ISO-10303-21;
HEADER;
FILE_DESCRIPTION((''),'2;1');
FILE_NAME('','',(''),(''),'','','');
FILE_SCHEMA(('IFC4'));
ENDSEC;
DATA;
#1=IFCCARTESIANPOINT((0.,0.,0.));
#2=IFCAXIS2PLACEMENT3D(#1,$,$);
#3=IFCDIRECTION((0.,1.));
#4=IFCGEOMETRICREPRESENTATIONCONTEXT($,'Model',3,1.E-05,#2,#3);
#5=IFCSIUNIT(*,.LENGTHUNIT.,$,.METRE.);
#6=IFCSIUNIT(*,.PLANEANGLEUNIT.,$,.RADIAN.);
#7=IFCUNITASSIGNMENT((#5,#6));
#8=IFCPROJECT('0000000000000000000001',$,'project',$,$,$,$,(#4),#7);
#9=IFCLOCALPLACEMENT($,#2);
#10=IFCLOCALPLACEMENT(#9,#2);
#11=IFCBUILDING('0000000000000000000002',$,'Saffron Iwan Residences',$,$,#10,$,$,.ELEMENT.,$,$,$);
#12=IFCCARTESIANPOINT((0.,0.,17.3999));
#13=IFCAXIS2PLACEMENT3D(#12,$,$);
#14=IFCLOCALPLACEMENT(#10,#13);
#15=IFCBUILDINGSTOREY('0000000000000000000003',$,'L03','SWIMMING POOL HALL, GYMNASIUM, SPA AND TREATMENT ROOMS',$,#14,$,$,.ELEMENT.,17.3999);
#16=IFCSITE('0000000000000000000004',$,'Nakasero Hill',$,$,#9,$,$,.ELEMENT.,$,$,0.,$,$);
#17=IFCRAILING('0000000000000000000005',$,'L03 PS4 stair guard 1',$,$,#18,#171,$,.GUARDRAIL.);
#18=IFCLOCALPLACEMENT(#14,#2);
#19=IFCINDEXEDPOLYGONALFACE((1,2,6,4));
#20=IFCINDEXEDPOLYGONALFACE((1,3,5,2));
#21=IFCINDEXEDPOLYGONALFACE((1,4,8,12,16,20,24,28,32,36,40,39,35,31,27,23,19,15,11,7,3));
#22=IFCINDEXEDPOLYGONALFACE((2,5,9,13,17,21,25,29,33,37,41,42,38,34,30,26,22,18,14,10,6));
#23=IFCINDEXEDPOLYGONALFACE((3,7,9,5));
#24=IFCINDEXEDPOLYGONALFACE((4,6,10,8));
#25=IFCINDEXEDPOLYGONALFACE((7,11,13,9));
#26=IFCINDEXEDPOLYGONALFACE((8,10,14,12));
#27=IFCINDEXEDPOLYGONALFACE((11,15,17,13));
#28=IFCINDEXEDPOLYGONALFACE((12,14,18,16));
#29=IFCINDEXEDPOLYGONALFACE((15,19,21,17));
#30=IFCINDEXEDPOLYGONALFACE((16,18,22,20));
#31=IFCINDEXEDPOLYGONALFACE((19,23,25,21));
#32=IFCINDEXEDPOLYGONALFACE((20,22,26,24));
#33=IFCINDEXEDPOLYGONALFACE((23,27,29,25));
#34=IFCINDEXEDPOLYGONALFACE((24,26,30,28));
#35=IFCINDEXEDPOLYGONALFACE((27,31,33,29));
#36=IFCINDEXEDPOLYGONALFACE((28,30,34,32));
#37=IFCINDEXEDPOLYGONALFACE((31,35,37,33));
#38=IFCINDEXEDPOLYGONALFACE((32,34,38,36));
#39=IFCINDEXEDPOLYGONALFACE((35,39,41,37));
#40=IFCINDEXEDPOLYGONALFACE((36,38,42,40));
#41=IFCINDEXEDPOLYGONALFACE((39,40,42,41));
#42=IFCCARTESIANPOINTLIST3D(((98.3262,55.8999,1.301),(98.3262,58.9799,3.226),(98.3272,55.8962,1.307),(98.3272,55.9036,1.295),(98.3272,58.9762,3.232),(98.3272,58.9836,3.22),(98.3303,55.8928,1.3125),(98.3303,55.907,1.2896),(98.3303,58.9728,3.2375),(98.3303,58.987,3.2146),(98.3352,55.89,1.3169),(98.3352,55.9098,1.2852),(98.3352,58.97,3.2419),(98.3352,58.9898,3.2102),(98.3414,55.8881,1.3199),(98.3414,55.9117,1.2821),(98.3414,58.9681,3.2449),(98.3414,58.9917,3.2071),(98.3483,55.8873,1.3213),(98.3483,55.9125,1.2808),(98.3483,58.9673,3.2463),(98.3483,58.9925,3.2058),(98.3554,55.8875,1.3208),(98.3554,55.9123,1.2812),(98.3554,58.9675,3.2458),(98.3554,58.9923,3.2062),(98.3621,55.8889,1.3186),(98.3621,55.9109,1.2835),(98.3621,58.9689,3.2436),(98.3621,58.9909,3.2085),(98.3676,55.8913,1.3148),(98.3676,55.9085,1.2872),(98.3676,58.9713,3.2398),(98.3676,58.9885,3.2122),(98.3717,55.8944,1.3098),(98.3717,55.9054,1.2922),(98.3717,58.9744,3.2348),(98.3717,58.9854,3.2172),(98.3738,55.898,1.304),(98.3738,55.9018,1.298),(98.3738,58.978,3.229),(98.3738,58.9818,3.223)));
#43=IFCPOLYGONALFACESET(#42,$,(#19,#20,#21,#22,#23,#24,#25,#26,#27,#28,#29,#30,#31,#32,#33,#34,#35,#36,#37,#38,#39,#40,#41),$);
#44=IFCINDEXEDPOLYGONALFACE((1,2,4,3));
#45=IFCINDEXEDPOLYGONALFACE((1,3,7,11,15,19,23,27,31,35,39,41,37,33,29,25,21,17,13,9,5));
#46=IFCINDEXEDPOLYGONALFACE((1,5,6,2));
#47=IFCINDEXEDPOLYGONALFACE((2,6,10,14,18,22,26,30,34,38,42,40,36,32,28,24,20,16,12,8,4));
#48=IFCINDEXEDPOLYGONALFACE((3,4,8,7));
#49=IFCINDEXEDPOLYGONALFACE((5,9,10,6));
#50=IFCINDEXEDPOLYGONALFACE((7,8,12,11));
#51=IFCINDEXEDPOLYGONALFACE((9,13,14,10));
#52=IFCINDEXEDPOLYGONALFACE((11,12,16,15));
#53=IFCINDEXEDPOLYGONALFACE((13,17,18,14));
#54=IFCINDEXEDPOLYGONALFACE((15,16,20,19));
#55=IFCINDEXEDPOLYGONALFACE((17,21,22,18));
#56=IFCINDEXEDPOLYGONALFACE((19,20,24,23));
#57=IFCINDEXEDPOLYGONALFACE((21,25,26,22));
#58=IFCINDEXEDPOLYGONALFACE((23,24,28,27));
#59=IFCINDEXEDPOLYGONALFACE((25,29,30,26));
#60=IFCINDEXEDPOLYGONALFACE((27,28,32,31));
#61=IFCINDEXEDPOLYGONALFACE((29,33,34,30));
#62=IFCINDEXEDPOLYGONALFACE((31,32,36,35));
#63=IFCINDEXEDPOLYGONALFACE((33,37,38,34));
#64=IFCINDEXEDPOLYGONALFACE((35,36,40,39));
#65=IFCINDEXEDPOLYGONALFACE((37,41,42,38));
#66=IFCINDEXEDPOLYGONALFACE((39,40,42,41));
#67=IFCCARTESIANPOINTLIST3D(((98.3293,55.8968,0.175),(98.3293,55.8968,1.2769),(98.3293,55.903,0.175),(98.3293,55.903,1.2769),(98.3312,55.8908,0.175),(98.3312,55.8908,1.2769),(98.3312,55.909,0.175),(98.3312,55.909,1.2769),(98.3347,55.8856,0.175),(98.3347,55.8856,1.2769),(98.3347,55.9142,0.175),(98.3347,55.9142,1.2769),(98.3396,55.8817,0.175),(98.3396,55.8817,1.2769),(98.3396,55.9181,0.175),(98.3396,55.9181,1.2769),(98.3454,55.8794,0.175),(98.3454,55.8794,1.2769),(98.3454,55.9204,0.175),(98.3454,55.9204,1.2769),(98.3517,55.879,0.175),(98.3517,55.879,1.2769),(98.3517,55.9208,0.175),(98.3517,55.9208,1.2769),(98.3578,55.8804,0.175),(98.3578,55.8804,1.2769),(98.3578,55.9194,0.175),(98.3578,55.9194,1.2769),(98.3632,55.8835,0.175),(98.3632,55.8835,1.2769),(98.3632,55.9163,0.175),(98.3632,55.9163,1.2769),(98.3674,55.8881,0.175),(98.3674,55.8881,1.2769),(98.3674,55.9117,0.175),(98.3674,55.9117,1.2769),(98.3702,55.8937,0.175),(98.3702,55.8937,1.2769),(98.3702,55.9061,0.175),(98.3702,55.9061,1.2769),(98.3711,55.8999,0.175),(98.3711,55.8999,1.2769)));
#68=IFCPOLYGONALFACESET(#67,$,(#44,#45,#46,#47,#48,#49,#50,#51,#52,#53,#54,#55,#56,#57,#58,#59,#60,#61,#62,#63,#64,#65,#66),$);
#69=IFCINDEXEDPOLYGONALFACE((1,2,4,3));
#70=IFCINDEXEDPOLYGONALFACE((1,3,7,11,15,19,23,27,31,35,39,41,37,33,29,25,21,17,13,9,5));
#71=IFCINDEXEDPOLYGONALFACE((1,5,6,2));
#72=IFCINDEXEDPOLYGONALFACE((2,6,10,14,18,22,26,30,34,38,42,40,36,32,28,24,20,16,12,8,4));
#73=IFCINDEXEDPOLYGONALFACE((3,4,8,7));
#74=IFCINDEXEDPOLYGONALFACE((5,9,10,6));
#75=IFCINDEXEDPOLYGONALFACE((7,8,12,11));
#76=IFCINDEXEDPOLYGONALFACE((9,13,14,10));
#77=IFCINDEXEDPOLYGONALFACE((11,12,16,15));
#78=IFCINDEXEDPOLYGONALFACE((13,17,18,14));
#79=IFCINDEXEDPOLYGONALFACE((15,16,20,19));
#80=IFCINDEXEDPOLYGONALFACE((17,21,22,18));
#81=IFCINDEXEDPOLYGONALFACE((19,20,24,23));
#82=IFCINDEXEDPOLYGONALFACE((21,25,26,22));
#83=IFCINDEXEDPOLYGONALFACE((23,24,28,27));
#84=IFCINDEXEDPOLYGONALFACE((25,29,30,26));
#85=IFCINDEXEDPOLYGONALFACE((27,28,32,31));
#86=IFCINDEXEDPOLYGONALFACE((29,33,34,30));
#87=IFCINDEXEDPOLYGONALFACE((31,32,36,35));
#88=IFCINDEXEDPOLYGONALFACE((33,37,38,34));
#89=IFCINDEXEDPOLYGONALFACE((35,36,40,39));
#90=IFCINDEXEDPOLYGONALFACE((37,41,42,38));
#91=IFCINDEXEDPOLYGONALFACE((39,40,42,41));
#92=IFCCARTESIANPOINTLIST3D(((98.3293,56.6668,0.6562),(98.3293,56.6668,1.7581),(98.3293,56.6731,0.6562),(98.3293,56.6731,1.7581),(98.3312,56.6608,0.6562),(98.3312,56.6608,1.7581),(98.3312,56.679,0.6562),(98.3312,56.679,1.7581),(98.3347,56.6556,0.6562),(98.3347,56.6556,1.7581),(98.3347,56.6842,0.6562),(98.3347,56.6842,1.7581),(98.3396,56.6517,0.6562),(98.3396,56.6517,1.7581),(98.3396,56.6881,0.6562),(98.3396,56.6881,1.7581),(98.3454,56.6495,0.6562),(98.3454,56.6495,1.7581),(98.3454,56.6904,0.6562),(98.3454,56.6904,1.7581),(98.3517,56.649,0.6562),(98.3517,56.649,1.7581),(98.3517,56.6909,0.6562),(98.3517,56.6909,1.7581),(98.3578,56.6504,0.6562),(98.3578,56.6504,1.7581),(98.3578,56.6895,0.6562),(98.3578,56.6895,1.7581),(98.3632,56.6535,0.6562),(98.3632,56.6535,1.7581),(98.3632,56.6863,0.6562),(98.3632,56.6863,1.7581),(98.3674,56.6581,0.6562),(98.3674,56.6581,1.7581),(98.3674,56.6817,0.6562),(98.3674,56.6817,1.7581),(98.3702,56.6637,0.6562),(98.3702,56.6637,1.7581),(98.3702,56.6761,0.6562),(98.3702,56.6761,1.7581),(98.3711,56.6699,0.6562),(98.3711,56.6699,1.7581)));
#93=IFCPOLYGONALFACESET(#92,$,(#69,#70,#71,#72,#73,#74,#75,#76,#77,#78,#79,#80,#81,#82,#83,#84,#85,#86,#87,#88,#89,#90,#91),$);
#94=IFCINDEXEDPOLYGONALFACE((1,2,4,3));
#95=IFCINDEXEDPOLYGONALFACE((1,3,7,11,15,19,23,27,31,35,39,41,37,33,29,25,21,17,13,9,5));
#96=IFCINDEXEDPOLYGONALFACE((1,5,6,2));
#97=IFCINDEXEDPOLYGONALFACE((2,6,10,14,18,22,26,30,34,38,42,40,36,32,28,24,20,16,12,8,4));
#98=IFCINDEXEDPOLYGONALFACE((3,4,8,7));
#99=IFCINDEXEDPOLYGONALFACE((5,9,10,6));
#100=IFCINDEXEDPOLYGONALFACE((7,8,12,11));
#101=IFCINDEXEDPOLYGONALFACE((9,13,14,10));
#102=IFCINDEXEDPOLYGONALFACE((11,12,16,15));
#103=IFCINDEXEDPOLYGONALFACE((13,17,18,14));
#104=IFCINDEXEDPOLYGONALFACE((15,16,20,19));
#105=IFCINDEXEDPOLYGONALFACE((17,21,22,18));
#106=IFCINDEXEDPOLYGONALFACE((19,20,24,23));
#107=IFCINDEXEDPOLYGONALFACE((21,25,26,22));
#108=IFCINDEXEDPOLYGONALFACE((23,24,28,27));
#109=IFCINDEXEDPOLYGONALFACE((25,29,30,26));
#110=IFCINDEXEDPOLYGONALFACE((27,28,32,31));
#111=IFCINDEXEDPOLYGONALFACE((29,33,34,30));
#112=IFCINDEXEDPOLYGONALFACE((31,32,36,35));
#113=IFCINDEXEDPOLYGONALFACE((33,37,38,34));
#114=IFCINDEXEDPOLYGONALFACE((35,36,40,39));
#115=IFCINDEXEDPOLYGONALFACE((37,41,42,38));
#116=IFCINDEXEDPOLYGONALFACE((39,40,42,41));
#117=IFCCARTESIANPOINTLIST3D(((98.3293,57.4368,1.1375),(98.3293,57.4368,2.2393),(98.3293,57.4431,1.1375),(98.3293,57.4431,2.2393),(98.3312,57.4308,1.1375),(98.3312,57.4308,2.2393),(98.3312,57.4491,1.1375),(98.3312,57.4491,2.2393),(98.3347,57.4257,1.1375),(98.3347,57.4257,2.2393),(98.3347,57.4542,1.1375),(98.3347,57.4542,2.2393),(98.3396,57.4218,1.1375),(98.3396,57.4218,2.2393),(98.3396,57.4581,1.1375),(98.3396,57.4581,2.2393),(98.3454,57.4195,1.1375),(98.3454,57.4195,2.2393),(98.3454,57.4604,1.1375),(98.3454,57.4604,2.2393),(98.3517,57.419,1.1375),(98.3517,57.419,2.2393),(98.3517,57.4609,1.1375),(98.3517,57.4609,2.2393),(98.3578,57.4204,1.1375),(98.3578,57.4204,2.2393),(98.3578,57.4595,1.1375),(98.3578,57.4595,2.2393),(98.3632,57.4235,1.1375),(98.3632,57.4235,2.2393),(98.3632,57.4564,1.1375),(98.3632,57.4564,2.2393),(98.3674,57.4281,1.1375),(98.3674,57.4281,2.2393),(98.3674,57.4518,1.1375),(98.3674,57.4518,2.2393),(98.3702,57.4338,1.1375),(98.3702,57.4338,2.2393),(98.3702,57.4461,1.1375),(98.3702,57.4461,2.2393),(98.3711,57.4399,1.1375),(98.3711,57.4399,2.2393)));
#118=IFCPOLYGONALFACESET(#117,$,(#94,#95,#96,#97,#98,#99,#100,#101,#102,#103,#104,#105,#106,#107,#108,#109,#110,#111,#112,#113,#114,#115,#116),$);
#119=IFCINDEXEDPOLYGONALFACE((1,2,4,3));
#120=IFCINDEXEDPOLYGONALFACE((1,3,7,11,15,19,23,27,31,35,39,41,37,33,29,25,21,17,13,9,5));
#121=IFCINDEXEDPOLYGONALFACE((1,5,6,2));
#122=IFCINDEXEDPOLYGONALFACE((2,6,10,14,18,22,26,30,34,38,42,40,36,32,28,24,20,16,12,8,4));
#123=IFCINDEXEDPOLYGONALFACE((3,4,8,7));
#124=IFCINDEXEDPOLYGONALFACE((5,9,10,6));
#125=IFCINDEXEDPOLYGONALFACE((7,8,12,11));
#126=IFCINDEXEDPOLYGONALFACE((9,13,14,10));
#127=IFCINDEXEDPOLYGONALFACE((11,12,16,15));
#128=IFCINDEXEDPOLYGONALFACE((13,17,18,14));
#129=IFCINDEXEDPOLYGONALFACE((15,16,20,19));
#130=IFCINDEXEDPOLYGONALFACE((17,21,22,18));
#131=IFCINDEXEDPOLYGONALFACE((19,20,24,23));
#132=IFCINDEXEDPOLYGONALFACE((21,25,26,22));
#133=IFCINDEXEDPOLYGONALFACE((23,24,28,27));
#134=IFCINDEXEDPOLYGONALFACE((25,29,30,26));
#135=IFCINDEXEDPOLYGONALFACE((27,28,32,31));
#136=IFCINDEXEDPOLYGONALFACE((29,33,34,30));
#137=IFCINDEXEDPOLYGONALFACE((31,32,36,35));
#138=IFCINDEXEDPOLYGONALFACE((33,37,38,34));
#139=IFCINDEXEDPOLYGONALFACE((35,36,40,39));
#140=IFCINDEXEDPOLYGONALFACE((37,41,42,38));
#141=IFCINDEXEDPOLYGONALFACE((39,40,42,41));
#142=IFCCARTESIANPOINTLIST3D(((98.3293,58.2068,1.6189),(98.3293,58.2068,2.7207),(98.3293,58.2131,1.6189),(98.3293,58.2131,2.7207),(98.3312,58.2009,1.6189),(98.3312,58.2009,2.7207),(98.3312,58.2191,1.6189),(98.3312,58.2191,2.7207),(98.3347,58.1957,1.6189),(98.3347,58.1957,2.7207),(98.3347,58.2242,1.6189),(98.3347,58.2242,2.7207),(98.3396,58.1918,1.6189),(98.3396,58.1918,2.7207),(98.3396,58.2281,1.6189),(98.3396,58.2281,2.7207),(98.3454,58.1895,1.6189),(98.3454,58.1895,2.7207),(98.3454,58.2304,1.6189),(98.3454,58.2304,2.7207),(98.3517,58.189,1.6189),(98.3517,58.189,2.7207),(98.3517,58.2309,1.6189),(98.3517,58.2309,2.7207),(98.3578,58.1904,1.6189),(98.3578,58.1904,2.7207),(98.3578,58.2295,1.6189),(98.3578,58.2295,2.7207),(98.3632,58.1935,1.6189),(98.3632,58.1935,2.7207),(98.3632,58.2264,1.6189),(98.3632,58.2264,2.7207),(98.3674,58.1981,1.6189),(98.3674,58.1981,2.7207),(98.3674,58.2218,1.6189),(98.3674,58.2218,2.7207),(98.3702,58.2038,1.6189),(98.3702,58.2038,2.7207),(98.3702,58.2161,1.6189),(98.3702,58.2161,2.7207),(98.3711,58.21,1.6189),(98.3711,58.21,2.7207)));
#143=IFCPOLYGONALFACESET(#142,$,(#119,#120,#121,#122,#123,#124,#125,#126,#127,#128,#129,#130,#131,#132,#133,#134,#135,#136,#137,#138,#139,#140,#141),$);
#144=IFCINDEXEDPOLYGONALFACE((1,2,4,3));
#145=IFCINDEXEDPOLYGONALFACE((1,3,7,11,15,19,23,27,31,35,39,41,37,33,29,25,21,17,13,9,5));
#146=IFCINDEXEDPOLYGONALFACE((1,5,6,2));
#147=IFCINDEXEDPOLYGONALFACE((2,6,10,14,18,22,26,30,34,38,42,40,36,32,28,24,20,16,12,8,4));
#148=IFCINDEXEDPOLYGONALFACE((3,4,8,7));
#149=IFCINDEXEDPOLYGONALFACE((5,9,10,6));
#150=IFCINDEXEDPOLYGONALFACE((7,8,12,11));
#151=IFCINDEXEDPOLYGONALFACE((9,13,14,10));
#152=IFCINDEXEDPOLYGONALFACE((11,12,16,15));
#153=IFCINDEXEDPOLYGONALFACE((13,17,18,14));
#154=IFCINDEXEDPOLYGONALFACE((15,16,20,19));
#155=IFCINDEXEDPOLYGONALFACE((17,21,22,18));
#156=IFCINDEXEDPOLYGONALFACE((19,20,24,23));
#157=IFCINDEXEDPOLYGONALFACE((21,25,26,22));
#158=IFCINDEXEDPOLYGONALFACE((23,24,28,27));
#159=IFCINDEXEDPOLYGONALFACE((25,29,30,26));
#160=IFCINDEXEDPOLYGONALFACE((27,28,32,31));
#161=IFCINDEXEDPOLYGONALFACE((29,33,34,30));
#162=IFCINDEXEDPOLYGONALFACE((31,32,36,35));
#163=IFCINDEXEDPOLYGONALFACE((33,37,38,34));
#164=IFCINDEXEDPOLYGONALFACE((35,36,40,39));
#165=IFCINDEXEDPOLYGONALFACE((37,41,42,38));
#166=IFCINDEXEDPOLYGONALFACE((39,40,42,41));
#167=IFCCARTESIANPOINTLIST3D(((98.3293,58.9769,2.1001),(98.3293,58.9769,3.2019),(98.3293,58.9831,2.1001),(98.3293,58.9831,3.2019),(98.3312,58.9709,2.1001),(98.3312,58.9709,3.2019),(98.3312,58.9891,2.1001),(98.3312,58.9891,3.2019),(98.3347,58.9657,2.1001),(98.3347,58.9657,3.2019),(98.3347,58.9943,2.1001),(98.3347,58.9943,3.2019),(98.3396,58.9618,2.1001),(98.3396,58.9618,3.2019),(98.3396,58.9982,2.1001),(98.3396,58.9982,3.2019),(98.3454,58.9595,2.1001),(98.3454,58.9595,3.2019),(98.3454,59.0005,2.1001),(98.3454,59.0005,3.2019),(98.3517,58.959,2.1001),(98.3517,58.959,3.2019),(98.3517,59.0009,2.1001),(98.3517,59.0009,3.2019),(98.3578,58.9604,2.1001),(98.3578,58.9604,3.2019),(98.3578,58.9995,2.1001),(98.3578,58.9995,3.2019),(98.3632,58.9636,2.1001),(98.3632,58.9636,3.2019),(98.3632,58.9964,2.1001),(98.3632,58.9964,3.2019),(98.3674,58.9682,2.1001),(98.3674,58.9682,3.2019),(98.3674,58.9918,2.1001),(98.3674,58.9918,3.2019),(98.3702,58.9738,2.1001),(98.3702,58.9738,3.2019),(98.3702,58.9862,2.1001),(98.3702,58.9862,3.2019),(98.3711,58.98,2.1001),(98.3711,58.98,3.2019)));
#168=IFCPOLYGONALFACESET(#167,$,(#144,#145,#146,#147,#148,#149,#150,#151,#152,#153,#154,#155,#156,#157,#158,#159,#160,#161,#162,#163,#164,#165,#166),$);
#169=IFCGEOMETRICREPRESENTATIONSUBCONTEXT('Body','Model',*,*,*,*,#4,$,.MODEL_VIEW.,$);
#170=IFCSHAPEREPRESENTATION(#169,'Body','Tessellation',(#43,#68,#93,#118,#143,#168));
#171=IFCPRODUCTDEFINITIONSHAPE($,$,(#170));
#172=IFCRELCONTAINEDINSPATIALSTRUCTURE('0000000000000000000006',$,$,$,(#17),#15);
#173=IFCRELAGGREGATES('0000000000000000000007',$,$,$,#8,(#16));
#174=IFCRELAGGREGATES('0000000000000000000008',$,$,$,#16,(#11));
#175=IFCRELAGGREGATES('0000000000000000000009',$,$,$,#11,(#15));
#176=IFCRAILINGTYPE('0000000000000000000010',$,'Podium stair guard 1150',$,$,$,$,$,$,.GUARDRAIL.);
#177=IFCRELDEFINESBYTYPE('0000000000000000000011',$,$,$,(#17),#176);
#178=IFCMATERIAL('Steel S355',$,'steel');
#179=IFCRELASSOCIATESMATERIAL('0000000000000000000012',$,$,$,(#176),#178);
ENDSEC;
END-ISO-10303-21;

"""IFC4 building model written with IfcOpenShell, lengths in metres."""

from ifc_helpers import new_model, si_unit, direction, frame, origin, origin_2d, place, context, subcontext, project, spatial, circle, extrude, material, type_object, element, save


model = new_model("IFC4")

# Units and contexts
model_context = context("Model", 3, precision=1e-05, world=origin(), true_north=direction((0.0, 1.0)))
body_context = subcontext(model_context, "Body", "Model", "MODEL_VIEW")
ifc_project = project(units=[si_unit("LENGTHUNIT", "METRE"), si_unit("PLANEANGLEUNIT", "RADIAN")], contexts=[model_context])

# Site, building, storey
site_placement = place(None, origin())
site = spatial("IfcSite", under=ifc_project, at=site_placement, Name="Nakasero Hill", CompositionType="ELEMENT", RefElevation=0.0)
building_placement = place(site_placement, origin())
building = spatial("IfcBuilding", under=site, at=building_placement, Name="Saffron Iwan Residences", CompositionType="ELEMENT")
storey_placement = place(building_placement, frame((0.0, 0.0, 17.3999)))
storey = spatial("IfcBuildingStorey", under=building, at=storey_placement, Name="L03", Description="SWIMMING POOL HALL, GYMNASIUM, SPA AND TREATMENT ROOMS", CompositionType="ELEMENT", Elevation=17.3999)

# Railing
ifc_material_1 = material(Name="Steel S355", Category="steel")
railing_type_1 = type_object("IfcRailingType", Name="Podium stair guard 1150", PredefinedType="GUARDRAIL", material=ifc_material_1)
railing_1_placement = place(storey_placement, frame((98.3501, 55.8999, 0.175)))
element("IfcRailing", 1, at=railing_1_placement, inside=storey, type_object=railing_type_1, Name="L03 PS4 stair guard 1", PredefinedType="GUARDRAIL", context=body_context, shape_type="SweptSolid", body=[
    extrude(circle(Radius=0.0239, at=origin_2d()), frame((0.0, 0.0, 1.126), z_axis=(0.0, 0.847998, 0.529999), x_axis=(-1.0, 0.0, 0.0)), (0.0, 0.0, 1.0), 3.6321),
    extrude(circle(Radius=0.021, at=origin_2d()), origin(), (0.0, 0.0, 1.0), 1.1018),
    extrude(circle(Radius=0.021, at=origin_2d()), frame((0.0, 0.77, 0.4812)), (0.0, 0.0, 1.0), 1.1018),
    extrude(circle(Radius=0.021, at=origin_2d()), frame((0.0, 1.54, 0.9624)), (0.0, 0.0, 1.0), 1.1018),
    extrude(circle(Radius=0.021, at=origin_2d()), frame((0.0, 2.3101, 1.4438)), (0.0, 0.0, 1.0), 1.1018),
    extrude(circle(Radius=0.021, at=origin_2d()), frame((0.0, 3.0801, 1.925)), (0.0, 0.0, 1.0), 1.1018),
])

save(model, "model.ifc")
